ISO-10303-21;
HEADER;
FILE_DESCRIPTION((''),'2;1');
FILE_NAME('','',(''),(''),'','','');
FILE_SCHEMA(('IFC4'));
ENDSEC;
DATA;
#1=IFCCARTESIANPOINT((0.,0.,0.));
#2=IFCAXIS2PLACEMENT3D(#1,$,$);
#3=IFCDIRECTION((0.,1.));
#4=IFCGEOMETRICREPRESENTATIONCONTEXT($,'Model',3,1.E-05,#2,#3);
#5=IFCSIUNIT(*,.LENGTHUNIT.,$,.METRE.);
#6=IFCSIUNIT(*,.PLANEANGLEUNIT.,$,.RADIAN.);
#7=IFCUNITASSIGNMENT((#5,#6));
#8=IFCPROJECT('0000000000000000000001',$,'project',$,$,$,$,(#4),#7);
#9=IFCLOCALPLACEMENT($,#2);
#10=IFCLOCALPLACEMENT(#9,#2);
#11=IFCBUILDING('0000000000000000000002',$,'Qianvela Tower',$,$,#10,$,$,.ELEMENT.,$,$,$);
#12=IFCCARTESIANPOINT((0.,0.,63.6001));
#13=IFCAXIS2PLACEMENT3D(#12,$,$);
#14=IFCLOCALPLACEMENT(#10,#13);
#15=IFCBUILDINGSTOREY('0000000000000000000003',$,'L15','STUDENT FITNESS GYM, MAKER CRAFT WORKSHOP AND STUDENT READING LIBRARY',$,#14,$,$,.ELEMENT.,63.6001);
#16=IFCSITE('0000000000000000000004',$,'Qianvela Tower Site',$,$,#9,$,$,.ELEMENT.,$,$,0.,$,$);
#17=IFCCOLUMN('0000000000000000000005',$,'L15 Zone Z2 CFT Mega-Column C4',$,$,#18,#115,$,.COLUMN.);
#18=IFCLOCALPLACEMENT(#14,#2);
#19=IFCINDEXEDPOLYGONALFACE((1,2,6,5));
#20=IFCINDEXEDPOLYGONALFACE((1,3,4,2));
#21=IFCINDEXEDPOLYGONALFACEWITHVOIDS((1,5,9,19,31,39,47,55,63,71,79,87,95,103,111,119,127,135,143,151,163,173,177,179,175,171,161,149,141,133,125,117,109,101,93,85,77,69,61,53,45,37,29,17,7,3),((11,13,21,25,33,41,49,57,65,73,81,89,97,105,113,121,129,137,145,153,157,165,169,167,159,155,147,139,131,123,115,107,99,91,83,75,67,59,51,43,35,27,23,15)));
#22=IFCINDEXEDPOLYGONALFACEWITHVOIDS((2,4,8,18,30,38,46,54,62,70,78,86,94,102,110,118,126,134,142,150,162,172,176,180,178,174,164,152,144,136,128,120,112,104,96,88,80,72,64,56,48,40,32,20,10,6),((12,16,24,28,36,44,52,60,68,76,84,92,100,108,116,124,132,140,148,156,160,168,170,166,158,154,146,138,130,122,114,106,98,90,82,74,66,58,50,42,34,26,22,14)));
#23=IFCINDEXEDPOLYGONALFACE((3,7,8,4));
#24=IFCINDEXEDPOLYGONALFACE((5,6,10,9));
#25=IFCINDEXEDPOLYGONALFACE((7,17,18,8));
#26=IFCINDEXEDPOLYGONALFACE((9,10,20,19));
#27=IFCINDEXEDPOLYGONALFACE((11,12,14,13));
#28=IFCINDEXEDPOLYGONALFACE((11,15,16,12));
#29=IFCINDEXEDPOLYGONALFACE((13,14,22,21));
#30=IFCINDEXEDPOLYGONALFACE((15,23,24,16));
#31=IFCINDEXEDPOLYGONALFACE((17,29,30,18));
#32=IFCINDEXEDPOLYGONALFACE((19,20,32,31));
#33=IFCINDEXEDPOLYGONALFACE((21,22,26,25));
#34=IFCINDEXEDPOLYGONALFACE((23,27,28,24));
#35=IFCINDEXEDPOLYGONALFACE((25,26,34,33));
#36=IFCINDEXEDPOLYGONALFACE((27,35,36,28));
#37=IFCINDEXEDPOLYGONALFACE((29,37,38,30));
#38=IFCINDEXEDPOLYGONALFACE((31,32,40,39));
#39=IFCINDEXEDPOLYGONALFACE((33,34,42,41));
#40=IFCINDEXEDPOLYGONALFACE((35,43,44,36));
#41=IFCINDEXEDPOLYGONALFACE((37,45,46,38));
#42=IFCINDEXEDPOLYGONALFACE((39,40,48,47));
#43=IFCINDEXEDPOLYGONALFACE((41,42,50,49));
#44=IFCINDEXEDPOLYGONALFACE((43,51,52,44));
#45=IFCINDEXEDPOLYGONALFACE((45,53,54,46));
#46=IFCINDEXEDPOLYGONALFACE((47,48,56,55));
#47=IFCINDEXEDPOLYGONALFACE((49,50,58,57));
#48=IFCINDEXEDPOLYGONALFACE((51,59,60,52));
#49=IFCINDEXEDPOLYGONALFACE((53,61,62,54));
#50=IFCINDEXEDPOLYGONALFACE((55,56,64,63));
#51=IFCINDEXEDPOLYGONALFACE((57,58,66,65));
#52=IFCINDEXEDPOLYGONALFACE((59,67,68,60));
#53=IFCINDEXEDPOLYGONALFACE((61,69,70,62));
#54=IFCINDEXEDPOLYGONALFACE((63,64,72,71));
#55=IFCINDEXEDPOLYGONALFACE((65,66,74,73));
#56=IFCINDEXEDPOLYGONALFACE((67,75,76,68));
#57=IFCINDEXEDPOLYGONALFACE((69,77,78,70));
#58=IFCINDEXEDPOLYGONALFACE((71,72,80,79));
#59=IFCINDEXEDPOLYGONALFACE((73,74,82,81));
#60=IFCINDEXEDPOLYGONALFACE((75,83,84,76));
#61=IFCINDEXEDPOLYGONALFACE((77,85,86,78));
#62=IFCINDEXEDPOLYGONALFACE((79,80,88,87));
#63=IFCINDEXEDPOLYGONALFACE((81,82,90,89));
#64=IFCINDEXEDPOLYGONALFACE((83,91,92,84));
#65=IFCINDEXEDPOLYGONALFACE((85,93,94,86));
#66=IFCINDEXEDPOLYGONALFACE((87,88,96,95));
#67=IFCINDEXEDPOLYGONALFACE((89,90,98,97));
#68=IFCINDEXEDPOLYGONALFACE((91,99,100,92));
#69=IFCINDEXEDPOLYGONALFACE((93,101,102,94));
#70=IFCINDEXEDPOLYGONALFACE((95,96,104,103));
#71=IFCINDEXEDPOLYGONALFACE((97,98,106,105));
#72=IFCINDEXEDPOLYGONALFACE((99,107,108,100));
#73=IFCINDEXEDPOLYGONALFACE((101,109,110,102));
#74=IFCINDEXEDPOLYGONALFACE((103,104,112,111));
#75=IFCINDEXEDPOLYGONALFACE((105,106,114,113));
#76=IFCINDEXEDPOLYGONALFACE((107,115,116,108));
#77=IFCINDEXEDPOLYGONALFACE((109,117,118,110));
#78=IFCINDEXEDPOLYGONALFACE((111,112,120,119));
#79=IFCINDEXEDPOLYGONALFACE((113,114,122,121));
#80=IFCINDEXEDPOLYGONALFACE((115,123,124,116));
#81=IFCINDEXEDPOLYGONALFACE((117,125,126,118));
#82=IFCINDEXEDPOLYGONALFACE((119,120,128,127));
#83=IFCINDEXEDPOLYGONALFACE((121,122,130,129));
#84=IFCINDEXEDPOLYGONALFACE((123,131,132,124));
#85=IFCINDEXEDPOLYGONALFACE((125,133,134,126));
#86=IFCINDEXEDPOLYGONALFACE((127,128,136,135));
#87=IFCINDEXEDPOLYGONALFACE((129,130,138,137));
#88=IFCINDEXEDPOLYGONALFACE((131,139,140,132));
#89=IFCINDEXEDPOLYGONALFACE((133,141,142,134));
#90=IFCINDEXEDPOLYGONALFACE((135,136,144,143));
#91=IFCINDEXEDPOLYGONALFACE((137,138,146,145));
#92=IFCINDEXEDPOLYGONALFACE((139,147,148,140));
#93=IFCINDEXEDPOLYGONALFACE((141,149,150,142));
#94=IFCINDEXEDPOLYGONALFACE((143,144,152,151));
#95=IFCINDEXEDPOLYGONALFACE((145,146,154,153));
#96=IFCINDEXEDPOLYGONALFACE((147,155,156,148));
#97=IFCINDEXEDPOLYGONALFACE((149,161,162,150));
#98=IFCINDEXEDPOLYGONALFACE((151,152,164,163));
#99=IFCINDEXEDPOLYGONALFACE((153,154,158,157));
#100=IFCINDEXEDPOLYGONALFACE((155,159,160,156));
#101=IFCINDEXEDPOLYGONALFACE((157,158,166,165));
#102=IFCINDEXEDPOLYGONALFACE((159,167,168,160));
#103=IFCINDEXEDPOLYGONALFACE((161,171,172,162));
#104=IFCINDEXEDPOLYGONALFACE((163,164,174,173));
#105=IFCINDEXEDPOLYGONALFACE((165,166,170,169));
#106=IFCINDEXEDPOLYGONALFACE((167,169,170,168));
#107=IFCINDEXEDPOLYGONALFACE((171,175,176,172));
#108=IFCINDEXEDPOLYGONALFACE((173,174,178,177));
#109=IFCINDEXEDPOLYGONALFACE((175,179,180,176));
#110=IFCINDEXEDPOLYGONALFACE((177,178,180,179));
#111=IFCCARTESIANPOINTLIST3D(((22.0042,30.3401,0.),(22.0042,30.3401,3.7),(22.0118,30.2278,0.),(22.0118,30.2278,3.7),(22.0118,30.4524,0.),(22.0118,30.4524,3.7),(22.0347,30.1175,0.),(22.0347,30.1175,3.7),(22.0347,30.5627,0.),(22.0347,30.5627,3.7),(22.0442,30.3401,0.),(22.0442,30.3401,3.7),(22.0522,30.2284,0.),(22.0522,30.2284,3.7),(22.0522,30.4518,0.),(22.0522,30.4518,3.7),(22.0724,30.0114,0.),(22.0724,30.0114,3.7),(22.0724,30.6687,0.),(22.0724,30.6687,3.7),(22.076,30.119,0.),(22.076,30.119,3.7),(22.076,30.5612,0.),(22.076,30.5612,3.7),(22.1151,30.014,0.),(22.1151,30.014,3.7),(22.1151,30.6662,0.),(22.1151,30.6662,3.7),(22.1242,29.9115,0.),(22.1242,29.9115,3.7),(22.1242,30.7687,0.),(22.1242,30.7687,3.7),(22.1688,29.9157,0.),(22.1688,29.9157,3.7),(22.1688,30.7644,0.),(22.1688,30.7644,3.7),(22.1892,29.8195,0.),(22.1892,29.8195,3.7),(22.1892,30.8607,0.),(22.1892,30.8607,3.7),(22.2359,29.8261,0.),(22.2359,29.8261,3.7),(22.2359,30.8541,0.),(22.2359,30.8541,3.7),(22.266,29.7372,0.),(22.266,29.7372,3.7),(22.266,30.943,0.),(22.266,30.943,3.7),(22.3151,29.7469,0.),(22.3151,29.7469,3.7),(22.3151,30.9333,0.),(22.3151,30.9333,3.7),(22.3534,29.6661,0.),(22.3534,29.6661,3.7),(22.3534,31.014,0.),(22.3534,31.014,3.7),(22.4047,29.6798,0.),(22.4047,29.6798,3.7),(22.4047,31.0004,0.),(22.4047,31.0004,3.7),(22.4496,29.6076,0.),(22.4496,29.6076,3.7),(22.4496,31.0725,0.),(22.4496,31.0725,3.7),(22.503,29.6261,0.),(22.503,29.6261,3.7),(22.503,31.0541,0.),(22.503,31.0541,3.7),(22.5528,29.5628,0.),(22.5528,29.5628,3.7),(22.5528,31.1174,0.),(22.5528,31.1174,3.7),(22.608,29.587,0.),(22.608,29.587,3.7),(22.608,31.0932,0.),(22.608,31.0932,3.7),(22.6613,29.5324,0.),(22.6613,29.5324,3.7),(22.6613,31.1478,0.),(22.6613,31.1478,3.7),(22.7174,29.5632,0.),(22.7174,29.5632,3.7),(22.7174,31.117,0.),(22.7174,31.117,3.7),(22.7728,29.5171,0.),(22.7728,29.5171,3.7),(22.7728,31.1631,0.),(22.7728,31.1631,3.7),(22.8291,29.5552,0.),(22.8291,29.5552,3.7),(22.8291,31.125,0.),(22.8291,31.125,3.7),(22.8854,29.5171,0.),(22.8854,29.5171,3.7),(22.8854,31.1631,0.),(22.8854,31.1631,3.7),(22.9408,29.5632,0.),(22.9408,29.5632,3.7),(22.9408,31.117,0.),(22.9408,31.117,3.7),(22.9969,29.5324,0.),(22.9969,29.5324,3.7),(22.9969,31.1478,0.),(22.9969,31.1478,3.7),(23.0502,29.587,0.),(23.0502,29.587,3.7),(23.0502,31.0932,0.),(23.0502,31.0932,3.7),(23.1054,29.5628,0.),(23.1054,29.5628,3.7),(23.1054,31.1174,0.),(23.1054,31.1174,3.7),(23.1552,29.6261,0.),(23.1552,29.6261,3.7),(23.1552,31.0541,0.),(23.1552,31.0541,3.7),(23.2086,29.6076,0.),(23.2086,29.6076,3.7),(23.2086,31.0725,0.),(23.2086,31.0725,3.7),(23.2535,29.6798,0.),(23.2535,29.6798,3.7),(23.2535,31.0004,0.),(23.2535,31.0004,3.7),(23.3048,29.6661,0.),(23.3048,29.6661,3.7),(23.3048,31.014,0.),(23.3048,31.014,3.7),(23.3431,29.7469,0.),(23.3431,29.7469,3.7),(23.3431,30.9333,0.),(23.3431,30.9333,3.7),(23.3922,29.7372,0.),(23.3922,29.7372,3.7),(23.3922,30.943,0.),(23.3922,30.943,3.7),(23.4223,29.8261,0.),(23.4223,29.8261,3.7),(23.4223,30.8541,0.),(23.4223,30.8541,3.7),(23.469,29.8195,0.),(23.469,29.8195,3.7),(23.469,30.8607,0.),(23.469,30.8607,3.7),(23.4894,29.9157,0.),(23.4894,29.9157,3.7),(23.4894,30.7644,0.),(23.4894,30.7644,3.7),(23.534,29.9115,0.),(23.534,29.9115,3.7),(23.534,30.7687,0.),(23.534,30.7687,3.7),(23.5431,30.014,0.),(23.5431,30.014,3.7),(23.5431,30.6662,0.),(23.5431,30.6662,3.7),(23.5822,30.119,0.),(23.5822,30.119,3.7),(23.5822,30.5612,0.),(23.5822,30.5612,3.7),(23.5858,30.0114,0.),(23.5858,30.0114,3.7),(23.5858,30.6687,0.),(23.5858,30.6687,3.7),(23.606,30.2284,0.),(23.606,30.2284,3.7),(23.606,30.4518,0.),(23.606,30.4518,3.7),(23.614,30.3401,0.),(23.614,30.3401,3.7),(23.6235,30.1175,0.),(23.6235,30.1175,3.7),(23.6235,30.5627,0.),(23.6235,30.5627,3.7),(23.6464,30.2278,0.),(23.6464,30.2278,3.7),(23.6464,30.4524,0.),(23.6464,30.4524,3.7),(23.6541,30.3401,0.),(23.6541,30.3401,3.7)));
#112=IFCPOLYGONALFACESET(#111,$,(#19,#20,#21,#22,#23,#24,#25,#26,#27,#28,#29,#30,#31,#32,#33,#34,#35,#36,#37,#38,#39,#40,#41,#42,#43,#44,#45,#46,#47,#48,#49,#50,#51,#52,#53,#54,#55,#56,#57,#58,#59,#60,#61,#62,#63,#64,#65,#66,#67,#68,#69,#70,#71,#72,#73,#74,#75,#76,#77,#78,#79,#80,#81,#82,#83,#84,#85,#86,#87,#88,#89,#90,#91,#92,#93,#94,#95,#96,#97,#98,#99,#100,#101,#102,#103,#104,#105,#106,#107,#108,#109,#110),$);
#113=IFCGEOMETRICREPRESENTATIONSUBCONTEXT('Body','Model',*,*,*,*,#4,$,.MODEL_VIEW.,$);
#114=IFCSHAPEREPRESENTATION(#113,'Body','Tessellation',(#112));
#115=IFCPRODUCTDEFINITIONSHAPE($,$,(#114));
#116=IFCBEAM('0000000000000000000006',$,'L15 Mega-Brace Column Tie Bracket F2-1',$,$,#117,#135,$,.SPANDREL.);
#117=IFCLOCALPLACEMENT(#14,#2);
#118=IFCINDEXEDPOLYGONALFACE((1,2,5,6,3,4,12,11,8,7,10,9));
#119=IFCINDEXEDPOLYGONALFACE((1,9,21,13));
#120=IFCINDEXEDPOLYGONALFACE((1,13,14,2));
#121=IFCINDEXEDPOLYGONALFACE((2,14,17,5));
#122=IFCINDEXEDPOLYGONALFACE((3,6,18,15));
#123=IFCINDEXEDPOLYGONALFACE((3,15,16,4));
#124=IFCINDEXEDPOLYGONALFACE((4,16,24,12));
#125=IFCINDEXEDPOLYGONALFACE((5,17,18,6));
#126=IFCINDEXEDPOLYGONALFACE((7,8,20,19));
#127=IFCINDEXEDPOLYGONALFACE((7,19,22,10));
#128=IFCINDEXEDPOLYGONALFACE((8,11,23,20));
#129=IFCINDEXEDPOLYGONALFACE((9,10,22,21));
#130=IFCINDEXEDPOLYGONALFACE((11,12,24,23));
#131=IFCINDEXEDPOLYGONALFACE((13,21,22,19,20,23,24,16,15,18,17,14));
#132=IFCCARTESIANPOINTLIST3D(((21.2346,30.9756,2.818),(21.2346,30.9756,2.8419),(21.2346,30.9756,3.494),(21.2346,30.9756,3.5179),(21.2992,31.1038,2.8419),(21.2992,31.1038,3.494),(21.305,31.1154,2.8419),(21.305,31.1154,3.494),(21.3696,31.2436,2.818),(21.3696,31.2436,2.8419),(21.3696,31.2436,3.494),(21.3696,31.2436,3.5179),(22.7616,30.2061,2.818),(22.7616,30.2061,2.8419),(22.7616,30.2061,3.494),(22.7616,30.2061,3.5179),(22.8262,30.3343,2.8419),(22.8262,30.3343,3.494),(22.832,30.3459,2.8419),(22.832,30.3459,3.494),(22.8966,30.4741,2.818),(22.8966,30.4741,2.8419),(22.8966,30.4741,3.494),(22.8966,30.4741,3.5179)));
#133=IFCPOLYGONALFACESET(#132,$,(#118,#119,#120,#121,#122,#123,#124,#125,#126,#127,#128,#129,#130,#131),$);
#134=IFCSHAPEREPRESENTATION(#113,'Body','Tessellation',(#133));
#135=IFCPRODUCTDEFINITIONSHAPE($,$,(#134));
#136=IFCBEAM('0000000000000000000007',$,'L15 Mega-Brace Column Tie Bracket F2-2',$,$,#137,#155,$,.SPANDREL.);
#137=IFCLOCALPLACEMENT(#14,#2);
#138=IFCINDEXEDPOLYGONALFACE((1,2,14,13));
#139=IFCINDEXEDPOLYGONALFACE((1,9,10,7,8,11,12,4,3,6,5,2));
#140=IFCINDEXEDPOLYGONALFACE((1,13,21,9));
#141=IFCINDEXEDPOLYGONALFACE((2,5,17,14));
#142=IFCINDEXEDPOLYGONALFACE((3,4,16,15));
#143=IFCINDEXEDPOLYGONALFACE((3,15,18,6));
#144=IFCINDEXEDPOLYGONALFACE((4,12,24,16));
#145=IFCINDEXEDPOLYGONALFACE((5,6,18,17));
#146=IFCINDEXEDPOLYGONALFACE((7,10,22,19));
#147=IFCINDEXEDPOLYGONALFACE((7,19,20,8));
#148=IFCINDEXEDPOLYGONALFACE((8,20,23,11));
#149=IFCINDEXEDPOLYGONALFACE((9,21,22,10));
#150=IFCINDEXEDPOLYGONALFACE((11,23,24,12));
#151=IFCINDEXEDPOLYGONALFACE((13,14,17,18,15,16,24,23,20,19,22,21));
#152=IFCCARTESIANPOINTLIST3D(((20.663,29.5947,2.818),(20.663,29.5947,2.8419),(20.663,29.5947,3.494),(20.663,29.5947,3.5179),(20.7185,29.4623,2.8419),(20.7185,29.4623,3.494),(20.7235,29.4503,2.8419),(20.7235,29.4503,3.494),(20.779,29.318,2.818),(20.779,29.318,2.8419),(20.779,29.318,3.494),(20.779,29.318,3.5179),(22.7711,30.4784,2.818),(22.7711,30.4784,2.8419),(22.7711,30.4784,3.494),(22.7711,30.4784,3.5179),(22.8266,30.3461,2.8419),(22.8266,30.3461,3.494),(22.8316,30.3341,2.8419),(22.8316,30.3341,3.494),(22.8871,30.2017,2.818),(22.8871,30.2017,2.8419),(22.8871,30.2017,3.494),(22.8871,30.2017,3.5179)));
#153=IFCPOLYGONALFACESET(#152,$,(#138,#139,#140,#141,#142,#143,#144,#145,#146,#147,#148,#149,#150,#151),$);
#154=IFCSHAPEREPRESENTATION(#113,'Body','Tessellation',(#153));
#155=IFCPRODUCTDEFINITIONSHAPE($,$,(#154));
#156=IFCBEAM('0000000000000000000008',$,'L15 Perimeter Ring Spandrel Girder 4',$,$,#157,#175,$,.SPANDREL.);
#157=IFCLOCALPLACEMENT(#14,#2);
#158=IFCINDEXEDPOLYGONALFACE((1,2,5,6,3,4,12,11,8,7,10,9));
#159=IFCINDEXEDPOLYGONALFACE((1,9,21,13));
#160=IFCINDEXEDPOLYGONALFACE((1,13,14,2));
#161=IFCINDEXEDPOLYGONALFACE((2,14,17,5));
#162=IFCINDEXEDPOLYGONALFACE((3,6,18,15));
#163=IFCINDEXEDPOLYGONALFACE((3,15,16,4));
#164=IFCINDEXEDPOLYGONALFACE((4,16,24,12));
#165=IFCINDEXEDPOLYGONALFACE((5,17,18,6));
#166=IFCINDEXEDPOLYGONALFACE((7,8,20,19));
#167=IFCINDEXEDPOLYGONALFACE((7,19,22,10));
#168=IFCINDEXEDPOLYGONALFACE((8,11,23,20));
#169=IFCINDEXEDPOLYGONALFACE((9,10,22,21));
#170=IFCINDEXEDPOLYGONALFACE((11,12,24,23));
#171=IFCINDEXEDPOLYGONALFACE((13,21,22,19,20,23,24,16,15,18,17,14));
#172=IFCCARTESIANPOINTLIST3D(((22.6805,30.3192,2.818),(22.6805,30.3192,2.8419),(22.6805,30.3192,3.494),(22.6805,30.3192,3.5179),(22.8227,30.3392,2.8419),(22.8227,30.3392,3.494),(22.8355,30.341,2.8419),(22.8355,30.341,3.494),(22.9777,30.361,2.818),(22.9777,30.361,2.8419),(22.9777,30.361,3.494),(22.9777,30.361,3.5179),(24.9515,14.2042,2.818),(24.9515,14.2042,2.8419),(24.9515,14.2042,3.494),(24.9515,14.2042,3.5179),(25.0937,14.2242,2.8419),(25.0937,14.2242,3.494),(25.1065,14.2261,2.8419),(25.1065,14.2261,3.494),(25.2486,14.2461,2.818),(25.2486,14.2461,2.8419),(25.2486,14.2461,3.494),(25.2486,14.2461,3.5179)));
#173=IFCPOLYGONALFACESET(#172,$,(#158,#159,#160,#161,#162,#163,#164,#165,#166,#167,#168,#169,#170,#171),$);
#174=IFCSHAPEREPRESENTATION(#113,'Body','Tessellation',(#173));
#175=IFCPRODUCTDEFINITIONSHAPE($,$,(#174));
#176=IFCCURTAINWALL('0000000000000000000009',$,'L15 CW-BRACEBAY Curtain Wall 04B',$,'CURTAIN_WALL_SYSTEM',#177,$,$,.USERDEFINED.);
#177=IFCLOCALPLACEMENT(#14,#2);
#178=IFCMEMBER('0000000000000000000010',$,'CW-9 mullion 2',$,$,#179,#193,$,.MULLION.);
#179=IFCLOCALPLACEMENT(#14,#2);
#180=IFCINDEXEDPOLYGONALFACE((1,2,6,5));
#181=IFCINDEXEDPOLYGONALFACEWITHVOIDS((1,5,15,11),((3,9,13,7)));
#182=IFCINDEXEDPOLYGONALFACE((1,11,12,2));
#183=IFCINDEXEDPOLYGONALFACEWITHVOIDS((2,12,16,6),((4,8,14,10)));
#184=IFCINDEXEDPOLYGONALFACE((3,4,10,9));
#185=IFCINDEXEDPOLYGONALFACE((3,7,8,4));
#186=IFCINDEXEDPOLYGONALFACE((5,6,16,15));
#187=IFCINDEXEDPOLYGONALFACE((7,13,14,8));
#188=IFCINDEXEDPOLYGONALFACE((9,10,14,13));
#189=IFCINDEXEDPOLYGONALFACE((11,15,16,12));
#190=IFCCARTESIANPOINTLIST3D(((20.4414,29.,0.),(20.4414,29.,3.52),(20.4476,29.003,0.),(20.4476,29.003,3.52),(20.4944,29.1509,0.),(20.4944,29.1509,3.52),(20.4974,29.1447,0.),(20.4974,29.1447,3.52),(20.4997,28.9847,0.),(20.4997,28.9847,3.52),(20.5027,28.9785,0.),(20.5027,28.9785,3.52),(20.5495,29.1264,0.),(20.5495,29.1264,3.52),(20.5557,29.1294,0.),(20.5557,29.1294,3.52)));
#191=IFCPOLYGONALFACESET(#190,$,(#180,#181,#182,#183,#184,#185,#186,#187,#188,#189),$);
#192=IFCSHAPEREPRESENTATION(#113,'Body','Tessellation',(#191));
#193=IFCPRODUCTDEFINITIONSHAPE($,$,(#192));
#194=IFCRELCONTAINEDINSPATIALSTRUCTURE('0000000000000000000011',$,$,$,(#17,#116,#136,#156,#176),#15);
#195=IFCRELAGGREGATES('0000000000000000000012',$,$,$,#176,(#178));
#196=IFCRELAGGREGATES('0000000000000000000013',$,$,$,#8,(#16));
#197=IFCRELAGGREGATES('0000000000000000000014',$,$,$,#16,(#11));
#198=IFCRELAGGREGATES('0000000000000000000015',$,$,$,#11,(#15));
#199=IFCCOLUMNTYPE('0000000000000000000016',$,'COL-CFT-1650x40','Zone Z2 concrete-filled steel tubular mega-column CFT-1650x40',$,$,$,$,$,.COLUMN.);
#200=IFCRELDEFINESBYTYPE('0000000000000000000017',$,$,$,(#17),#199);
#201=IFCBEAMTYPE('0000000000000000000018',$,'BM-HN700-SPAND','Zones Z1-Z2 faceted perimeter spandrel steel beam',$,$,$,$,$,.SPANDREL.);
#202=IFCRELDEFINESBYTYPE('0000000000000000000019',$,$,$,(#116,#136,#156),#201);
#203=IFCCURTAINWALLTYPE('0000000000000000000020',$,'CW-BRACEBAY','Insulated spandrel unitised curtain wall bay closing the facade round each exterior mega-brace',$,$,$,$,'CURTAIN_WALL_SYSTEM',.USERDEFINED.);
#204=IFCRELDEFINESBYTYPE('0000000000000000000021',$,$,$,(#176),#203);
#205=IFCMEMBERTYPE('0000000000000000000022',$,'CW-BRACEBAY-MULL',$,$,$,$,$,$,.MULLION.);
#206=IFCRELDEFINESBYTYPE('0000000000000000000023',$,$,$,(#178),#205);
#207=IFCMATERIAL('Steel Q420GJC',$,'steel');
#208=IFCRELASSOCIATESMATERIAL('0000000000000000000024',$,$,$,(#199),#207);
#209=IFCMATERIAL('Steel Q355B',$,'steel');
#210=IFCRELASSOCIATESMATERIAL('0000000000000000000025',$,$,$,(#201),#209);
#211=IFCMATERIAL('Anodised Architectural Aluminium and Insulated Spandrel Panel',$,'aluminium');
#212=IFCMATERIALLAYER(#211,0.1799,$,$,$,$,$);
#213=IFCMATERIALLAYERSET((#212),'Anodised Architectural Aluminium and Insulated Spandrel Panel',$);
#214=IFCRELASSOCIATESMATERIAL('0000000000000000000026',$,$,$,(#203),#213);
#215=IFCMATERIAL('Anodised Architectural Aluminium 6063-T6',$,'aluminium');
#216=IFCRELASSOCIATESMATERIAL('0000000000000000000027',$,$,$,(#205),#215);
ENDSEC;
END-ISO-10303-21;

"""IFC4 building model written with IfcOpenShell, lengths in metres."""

from ifc_helpers import new_model, si_unit, direction, frame, origin, origin_2d, place, context, subcontext, project, spatial, hollow_rectangle, hollow_circle, i_section, extrude, material, layer, layer_set, material_profile, profile_set, type_object, element, aggregate, save


model = new_model("IFC4")

# Units and contexts
model_context = context("Model", 3, precision=1e-05, world=origin(), true_north=direction((0.0, 1.0)))
body_context = subcontext(model_context, "Body", "Model", "MODEL_VIEW")
ifc_project = project(units=[si_unit("LENGTHUNIT", "METRE"), si_unit("PLANEANGLEUNIT", "RADIAN")], contexts=[model_context])

# Site, building, storey
site_placement = place(None, origin())
site = spatial("IfcSite", under=ifc_project, at=site_placement, Name="Qianvela Tower Site", CompositionType="ELEMENT", RefElevation=0.0)
building_placement = place(site_placement, origin())
building = spatial("IfcBuilding", under=site, at=building_placement, Name="Qianvela Tower", CompositionType="ELEMENT")
storey_placement = place(building_placement, frame((0.0, 0.0, 63.6001)))
storey = spatial("IfcBuildingStorey", under=building, at=storey_placement, Name="L15", Description="STUDENT FITNESS GYM, MAKER CRAFT WORKSHOP AND STUDENT READING LIBRARY", CompositionType="ELEMENT", Elevation=63.6001)

# Column
ifc_material_1 = material(Name="Steel Q420GJC", Category="steel")
ifc_material_profile_1 = material_profile(ifc_material_1, hollow_circle(Radius=0.825, WallThickness=0.04, at=origin_2d()), Name="CFT-1650x40")
ifc_profile_set_1 = profile_set([ifc_material_profile_1], Name="Steel Q420GJC")
column_type = type_object("IfcColumnType", Name="COL-CFT-1650x40", Description="Zone Z2 concrete-filled steel tubular mega-column CFT-1650x40", PredefinedType="COLUMN", material=ifc_profile_set_1)
column_placement = place(storey_placement, frame((22.8291, 30.3401, 0.0), z_axis=(0.0, 0.0, 1.0), x_axis=(1.0, 0.0, 0.0)))
element("IfcColumn", 1, at=column_placement, inside=storey, type_object=column_type, Name="L15 Zone Z2 CFT Mega-Column C4", PredefinedType="COLUMN", context=body_context, shape_type="SweptSolid", body=[
    extrude(hollow_circle(Radius=0.825, WallThickness=0.04, at=origin_2d()), origin(), (0.0, 0.0, 1.0), 3.7),
])

# Beams
ifc_material_2 = material(Name="Steel Q355B", Category="steel")
ifc_material_profile_2 = material_profile(ifc_material_2, i_section(OverallWidth=0.3, OverallDepth=0.7, WebThickness=0.0129, FlangeThickness=0.0239, at=origin_2d()), Name="HN700x300x13x24")
ifc_profile_set_2 = profile_set([ifc_material_profile_2], Name="Steel Q355B")
beam_type = type_object("IfcBeamType", Name="BM-HN700-SPAND", Description="Zones Z1-Z2 faceted perimeter spandrel steel beam", PredefinedType="SPANDREL", material=ifc_profile_set_2)
beam_1_placement = place(storey_placement, frame((22.8291, 30.3401, 3.168), z_axis=(-0.893024, 0.45001, 0.0), x_axis=(-0.45001, -0.893024, 0.0)))
element("IfcBeam", 2, at=beam_1_placement, inside=storey, type_object=beam_type, Name="L15 Mega-Brace Column Tie Bracket F2-1", PredefinedType="SPANDREL", context=body_context, shape_type="SweptSolid", body=[
    extrude(i_section(OverallWidth=0.3, OverallDepth=0.7, WebThickness=0.0129, FlangeThickness=0.0239, at=origin_2d()), origin(), (0.0, 0.0, 1.0), 1.71),
])
beam_2_placement = place(storey_placement, frame((22.8291, 30.3401, 3.168), z_axis=(-0.922237, -0.386624, 0.0), x_axis=(0.386624, -0.922237, 0.0)))
element("IfcBeam", 3, at=beam_2_placement, inside=storey, type_object=beam_type, Name="L15 Mega-Brace Column Tie Bracket F2-2", PredefinedType="SPANDREL", context=body_context, shape_type="SweptSolid", body=[
    extrude(i_section(OverallWidth=0.3, OverallDepth=0.7, WebThickness=0.0129, FlangeThickness=0.0239, at=origin_2d()), origin(), (0.0, 0.0, 1.0), 2.2859),
])
beam_3_placement = place(storey_placement, frame((22.8291, 30.3401, 3.168), z_axis=(0.139546, -0.990216, 0.0), x_axis=(0.990216, 0.139546, 0.0)))
element("IfcBeam", 4, at=beam_3_placement, inside=storey, type_object=beam_type, Name="L15 Perimeter Ring Spandrel Girder 4", PredefinedType="SPANDREL", context=body_context, shape_type="SweptSolid", body=[
    extrude(i_section(OverallWidth=0.3, OverallDepth=0.7, WebThickness=0.0129, FlangeThickness=0.0239, at=origin_2d()), origin(), (0.0, 0.0, 1.0), 16.2742),
])

# Curtain wall, member
ifc_material_3 = material(Name="Anodised Architectural Aluminium and Insulated Spandrel Panel", Category="aluminium")
ifc_layer_1 = layer(ifc_material_3, 0.1799)
ifc_layer_set_1 = layer_set([ifc_layer_1], Name="Anodised Architectural Aluminium and Insulated Spandrel Panel")
curtain_wall_type_1 = type_object("IfcCurtainWallType", Name="CW-BRACEBAY", Description="Insulated spandrel unitised curtain wall bay closing the facade round each exterior mega-brace", ElementType="CURTAIN_WALL_SYSTEM", PredefinedType="USERDEFINED", material=ifc_layer_set_1)
curtain_wall_1_placement = place(storey_placement, origin())
curtain_wall_1 = element("IfcCurtainWall", 5, at=curtain_wall_1_placement, inside=storey, type_object=curtain_wall_type_1, Name="L15 CW-BRACEBAY Curtain Wall 04B", ObjectType="CURTAIN_WALL_SYSTEM", PredefinedType="USERDEFINED")
ifc_material_4 = material(Name="Anodised Architectural Aluminium 6063-T6", Category="aluminium")
ifc_material_profile_3 = material_profile(ifc_material_4, hollow_rectangle(XDim=0.0649, YDim=0.1599, WallThickness=0.0049, at=origin_2d()), Name="ALU-MULL-65x160")
ifc_profile_set_3 = profile_set([ifc_material_profile_3], Name="Anodised Architectural Aluminium 6063-T6")
member_type_1 = type_object("IfcMemberType", Name="CW-BRACEBAY-MULL", PredefinedType="MULLION", material=ifc_profile_set_3)
member_1_placement = place(storey_placement, frame((20.4985, 29.0647, 0.0), z_axis=(0.0, 0.0, 1.0), x_axis=(0.943452, -0.331509, 0.0)))
member_1 = element("IfcMember", 6, at=member_1_placement, type_object=member_type_1, Name="CW-9 mullion 2", PredefinedType="MULLION", context=body_context, shape_type="SweptSolid", body=[
    extrude(hollow_rectangle(XDim=0.0649, YDim=0.1599, WallThickness=0.0049, at=origin_2d()), origin(), (0.0, 0.0, 1.0), 3.52),
])

aggregate(curtain_wall_1, [member_1])

save(model, "model.ifc")
